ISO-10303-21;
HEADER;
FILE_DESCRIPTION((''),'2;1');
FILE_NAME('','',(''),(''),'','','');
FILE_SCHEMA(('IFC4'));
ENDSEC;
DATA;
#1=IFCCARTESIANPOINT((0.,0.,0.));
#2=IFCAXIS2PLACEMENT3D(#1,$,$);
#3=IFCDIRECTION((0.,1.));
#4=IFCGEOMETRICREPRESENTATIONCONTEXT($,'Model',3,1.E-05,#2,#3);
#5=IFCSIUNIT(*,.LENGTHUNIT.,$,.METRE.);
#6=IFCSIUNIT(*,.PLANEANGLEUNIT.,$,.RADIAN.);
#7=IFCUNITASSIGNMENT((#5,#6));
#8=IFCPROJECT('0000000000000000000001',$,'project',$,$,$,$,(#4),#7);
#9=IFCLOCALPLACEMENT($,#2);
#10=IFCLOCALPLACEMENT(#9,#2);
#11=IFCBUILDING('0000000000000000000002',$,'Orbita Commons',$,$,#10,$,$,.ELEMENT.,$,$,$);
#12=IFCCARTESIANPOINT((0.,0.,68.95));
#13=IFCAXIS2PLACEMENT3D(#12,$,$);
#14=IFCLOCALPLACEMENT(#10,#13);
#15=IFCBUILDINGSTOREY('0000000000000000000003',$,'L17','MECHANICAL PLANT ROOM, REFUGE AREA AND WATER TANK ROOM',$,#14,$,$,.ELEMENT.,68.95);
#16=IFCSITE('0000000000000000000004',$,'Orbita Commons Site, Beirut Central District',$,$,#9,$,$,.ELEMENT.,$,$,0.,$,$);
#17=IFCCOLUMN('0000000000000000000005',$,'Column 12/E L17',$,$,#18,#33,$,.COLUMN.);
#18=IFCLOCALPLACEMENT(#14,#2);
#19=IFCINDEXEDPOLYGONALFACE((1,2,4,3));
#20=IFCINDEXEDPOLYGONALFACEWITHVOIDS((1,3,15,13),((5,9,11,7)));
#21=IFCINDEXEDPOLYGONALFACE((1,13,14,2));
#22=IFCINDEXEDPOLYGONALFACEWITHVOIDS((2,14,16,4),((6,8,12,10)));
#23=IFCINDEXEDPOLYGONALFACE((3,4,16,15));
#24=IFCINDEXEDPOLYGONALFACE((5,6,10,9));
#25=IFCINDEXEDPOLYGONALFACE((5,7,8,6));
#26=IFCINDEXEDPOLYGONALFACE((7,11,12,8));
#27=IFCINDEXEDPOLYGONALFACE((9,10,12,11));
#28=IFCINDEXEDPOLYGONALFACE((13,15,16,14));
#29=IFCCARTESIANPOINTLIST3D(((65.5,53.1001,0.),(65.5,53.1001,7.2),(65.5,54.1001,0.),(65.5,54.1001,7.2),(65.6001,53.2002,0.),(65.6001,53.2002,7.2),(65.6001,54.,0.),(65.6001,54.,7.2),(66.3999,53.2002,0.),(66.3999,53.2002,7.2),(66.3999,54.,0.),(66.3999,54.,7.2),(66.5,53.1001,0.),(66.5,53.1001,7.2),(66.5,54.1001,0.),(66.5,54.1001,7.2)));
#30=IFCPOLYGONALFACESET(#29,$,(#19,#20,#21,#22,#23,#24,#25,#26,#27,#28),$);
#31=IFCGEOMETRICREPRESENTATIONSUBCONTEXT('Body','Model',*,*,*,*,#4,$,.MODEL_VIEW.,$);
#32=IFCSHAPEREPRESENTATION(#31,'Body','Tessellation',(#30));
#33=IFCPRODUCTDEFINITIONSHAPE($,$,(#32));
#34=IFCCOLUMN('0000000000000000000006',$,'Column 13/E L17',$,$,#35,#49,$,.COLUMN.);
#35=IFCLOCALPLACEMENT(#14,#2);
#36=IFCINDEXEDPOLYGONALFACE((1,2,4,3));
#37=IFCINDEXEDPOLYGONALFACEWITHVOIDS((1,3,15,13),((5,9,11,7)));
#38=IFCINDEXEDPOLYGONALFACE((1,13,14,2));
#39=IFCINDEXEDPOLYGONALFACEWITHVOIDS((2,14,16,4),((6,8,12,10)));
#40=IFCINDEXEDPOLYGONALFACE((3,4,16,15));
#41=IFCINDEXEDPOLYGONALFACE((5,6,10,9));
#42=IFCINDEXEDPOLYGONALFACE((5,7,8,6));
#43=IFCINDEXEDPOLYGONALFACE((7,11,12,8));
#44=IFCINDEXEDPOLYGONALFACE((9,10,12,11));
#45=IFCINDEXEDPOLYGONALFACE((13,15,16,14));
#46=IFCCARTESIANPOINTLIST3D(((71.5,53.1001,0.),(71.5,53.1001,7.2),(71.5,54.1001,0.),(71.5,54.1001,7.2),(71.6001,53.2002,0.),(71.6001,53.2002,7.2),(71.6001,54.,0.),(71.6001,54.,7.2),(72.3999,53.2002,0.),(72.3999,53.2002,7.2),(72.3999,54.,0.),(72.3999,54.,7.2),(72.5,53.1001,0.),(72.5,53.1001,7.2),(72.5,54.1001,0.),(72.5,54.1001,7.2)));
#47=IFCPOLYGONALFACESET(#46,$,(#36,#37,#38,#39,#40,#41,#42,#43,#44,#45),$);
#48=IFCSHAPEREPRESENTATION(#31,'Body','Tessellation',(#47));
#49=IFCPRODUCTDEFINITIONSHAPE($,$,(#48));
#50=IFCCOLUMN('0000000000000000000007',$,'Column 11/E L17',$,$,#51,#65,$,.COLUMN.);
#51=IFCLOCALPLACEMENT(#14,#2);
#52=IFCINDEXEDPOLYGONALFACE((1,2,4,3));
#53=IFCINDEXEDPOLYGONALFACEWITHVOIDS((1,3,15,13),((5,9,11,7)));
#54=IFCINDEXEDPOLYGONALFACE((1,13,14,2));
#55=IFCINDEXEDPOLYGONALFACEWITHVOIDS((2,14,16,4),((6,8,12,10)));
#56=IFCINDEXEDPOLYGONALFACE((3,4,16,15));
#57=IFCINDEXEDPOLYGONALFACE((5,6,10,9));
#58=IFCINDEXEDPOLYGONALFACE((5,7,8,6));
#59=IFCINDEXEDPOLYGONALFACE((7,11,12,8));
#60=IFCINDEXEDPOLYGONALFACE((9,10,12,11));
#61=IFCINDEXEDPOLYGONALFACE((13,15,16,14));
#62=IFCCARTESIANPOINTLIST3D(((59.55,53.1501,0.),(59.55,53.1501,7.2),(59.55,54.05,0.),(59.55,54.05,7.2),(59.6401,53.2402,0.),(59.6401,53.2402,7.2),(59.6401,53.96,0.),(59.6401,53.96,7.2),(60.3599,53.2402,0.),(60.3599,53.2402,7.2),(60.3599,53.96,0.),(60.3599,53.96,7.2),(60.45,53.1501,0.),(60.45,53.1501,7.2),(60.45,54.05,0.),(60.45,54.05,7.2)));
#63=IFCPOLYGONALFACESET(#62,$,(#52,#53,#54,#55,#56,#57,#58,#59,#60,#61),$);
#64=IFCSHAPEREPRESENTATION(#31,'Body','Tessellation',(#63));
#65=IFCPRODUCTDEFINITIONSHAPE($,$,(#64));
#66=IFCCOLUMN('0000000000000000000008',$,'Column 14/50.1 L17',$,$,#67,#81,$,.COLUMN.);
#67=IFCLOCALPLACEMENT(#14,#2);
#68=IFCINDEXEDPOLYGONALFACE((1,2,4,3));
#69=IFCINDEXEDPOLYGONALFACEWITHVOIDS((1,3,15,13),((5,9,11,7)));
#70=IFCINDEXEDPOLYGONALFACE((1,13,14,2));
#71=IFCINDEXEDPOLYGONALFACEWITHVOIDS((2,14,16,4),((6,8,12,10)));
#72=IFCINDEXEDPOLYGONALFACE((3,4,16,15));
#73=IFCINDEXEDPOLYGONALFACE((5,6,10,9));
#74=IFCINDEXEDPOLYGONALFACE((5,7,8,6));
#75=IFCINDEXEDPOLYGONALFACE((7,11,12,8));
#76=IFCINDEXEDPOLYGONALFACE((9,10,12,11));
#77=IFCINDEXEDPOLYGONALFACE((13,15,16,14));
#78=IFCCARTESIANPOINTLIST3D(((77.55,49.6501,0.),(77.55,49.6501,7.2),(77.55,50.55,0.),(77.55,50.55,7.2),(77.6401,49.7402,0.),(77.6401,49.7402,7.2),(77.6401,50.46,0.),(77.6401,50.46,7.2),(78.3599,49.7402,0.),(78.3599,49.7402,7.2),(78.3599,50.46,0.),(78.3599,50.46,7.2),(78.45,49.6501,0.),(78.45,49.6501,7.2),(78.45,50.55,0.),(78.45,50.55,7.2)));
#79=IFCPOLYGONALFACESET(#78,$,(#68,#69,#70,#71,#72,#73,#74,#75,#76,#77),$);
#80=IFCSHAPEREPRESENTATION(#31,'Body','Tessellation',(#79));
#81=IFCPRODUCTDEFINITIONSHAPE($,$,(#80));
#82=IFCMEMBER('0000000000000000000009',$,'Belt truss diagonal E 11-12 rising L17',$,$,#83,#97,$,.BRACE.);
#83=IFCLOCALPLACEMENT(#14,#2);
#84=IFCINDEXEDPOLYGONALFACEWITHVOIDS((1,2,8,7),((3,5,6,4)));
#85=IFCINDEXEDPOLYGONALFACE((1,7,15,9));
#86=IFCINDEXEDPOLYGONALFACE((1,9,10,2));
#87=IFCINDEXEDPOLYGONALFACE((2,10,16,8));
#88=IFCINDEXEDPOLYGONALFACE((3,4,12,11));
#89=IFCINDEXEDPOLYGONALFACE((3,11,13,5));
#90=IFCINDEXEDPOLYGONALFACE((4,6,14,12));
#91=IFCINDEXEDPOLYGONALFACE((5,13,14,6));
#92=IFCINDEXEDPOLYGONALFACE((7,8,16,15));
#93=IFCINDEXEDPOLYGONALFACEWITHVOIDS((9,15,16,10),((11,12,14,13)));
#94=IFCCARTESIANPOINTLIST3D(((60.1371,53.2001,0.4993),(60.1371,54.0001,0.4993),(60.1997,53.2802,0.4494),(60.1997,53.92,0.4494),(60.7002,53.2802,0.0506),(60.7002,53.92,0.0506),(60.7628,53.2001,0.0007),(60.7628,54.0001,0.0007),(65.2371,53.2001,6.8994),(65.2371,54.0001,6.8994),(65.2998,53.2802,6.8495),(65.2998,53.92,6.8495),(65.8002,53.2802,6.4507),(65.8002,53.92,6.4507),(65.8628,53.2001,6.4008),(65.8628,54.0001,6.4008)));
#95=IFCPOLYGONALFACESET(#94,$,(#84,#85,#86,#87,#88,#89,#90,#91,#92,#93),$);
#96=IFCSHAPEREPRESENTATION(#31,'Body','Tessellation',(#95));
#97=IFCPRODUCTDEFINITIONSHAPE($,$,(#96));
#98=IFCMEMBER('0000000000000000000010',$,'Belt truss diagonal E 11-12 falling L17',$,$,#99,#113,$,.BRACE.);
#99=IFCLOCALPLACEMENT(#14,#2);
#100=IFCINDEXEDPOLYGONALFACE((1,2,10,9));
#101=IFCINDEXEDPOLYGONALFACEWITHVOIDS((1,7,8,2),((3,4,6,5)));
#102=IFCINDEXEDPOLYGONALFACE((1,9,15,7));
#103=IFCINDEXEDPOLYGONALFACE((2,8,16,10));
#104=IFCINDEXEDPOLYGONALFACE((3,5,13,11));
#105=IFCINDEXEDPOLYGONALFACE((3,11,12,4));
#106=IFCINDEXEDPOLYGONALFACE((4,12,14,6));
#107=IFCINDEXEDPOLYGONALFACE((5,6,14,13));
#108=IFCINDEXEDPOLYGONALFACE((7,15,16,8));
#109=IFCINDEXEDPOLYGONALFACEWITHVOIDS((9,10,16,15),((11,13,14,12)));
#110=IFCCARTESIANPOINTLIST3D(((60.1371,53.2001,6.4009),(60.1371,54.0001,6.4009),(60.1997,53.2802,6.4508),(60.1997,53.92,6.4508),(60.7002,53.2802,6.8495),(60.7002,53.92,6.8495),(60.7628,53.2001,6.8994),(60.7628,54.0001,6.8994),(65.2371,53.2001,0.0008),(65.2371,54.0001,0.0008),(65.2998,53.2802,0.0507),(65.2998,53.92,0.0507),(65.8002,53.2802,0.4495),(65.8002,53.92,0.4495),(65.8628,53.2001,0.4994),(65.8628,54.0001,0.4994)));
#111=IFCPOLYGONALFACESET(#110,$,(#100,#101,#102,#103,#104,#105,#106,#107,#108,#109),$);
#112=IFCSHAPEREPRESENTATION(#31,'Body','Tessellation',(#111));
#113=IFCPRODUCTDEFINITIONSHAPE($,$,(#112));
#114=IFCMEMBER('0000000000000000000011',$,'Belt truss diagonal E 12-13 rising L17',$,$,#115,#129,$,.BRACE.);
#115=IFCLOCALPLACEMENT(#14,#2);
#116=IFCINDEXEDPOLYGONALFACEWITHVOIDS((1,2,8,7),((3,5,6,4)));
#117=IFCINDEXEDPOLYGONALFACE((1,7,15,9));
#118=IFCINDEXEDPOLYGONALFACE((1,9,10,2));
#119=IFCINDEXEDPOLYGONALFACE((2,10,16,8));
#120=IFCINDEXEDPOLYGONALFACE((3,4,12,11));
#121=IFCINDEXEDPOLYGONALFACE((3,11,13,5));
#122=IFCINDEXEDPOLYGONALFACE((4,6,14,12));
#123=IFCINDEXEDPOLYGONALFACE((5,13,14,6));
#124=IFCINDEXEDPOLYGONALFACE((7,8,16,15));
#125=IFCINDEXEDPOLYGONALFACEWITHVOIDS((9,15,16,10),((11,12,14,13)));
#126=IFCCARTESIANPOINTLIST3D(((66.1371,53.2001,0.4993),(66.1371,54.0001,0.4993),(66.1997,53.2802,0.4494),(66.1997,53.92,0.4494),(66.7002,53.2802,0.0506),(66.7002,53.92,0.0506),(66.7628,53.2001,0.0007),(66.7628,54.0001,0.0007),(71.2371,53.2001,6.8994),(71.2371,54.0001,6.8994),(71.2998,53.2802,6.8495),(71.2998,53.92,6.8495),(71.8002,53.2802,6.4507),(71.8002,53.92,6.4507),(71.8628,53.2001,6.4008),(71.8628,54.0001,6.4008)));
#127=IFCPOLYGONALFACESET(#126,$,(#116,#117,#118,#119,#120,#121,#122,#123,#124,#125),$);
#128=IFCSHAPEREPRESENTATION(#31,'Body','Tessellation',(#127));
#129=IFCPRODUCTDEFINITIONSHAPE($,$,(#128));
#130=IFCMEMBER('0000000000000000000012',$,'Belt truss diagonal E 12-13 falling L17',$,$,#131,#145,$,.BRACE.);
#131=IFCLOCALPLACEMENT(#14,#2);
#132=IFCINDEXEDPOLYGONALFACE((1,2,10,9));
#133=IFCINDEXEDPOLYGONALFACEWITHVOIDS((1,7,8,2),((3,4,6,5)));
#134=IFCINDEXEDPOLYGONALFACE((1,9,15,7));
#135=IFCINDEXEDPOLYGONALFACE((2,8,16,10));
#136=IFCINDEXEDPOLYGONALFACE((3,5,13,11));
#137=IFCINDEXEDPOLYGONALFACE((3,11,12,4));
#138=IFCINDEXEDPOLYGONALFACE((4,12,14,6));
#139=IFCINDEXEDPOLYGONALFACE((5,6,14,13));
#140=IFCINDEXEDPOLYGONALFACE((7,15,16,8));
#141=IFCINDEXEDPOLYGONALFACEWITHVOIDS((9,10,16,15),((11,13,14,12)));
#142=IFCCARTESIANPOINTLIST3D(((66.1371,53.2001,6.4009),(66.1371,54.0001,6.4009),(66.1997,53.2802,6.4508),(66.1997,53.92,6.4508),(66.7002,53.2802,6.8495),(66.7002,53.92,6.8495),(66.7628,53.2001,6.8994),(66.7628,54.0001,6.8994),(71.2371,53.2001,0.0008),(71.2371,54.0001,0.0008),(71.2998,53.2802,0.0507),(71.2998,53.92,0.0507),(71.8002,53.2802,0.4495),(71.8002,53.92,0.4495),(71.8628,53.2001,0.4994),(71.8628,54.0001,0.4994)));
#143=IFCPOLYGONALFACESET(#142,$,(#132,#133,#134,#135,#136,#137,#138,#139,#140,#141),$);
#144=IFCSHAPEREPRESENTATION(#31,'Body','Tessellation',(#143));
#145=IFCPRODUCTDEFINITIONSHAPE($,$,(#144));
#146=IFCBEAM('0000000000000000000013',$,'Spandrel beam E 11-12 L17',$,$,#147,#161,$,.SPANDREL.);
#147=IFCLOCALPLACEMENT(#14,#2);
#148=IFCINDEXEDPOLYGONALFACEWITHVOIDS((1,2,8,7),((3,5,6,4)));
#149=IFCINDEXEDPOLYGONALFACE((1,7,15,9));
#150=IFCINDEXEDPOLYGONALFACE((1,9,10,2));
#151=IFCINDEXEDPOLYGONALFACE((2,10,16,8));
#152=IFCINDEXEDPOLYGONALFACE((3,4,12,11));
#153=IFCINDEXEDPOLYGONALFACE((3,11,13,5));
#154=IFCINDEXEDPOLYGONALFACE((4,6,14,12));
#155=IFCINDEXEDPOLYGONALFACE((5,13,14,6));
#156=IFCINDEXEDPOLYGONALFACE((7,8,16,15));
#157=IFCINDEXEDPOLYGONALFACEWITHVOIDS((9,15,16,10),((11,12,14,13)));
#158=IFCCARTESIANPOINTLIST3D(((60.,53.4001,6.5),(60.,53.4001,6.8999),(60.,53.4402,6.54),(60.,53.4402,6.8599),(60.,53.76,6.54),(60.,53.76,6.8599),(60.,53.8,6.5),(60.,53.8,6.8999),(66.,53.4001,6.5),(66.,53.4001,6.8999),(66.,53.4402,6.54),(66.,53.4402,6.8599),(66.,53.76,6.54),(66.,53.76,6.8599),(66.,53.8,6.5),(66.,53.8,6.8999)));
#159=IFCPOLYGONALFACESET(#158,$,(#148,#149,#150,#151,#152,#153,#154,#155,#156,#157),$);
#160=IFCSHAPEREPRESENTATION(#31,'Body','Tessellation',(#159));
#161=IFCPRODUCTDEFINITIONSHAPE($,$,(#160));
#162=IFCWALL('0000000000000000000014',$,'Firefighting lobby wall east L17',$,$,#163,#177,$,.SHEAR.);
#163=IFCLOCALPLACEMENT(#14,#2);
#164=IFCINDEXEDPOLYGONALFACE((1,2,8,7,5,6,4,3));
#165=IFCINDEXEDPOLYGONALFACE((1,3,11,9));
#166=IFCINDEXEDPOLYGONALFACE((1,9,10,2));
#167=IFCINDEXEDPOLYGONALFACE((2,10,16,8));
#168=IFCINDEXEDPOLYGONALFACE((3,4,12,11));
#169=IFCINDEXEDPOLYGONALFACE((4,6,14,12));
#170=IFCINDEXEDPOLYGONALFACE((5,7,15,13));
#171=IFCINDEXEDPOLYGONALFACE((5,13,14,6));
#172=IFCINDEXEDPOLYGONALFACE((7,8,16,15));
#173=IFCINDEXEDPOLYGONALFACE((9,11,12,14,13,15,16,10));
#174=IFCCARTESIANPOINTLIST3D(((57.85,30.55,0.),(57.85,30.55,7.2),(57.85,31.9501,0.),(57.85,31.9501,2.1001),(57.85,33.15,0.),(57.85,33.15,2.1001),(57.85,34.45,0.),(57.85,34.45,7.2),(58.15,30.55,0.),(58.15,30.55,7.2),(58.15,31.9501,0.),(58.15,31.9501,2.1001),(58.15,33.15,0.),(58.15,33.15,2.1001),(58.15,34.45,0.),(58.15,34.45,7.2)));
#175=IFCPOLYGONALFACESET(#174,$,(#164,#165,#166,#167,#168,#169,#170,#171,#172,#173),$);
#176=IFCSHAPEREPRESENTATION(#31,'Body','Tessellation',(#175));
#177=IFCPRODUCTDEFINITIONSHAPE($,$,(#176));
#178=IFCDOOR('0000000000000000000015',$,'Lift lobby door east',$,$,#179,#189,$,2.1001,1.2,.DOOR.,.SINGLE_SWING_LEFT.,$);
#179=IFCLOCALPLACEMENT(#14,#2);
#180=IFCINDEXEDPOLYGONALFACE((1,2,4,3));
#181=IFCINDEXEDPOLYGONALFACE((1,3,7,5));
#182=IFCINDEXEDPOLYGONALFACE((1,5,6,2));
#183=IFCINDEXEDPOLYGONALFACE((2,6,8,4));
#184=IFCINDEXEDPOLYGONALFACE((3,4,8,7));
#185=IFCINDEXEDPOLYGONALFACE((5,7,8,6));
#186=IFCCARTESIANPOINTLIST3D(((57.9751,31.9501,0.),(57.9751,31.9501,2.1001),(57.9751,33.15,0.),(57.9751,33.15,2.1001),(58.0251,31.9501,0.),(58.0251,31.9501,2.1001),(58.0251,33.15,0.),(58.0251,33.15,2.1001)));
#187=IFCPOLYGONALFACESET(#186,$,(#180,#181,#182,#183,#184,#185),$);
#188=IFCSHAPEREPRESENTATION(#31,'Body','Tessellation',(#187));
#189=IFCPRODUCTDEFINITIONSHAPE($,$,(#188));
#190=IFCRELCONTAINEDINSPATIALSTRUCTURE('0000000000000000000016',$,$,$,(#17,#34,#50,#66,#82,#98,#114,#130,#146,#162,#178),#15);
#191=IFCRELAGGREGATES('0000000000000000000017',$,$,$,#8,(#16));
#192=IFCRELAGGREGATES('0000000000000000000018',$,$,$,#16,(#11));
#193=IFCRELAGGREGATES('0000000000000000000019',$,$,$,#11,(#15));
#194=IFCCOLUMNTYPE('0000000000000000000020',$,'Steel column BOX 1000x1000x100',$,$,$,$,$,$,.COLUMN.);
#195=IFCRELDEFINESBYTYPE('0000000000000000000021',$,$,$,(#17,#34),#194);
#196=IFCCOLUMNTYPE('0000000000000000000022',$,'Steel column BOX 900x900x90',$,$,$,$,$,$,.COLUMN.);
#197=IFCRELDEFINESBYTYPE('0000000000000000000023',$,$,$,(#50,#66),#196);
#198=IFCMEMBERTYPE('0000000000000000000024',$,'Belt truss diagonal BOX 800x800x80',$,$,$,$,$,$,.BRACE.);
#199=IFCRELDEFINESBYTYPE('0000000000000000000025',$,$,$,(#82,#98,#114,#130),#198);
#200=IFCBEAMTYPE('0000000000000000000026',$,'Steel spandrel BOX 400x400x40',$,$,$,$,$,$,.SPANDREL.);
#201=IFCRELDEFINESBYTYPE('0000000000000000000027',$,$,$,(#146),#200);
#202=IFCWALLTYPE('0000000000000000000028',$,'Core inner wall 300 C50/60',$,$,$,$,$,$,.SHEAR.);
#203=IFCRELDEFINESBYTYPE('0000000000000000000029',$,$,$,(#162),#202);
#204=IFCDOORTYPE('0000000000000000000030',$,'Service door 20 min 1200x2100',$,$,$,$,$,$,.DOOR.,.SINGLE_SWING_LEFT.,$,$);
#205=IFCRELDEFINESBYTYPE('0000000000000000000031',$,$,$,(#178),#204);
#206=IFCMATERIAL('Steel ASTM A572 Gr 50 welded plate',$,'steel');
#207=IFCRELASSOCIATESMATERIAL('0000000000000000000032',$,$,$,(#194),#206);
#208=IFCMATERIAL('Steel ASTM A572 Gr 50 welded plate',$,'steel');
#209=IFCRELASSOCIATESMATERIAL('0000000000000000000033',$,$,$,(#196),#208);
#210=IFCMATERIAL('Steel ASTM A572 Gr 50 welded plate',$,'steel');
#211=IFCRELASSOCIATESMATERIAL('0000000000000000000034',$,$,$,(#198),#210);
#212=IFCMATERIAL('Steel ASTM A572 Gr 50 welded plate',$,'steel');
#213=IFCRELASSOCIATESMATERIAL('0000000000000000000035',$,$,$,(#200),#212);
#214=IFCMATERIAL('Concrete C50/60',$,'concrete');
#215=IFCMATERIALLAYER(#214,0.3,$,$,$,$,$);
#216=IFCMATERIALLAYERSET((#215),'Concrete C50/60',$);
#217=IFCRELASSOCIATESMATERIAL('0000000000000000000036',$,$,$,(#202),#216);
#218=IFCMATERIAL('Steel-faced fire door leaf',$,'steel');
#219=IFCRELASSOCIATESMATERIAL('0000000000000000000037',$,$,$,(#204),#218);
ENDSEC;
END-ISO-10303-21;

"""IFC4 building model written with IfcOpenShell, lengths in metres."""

from ifc_helpers import new_model, si_unit, direction, frame, frame_2d, origin, origin_2d, place, context, subcontext, project, spatial, rectangle, hollow_rectangle, extrude, material, layer, layer_set, material_profile, profile_set, type_object, element, fill, save


model = new_model("IFC4")

# Units and contexts
model_context = context("Model", 3, precision=1e-05, world=origin(), true_north=direction((0.0, 1.0)))
body_context = subcontext(model_context, "Body", "Model", "MODEL_VIEW")
ifc_project = project(units=[si_unit("LENGTHUNIT", "METRE"), si_unit("PLANEANGLEUNIT", "RADIAN")], contexts=[model_context])

# Site, building, storey
site_placement = place(None, origin())
site = spatial("IfcSite", under=ifc_project, at=site_placement, Name="Orbita Commons Site, Beirut Central District", CompositionType="ELEMENT", RefElevation=0.0)
building_placement = place(site_placement, origin())
building = spatial("IfcBuilding", under=site, at=building_placement, Name="Orbita Commons", CompositionType="ELEMENT")
storey_placement = place(building_placement, frame((0.0, 0.0, 68.95)))
storey = spatial("IfcBuildingStorey", under=building, at=storey_placement, Name="L17", Description="MECHANICAL PLANT ROOM, REFUGE AREA AND WATER TANK ROOM", CompositionType="ELEMENT", Elevation=68.95)

# Columns
ifc_material_1 = material(Name="Steel ASTM A572 Gr 50 welded plate", Category="steel")
ifc_material_profile_1 = material_profile(ifc_material_1, hollow_rectangle(XDim=1.0, YDim=1.0, WallThickness=0.1001, at=origin_2d()), Name="BOX 1000x1000x100")
ifc_profile_set_1 = profile_set([ifc_material_profile_1], Name="Steel ASTM A572 Gr 50 welded plate")
column_type_1 = type_object("IfcColumnType", Name="Steel column BOX 1000x1000x100", PredefinedType="COLUMN", material=ifc_profile_set_1)
for number, where, z_axis, x_axis, name in (
    (1, (66.0, 53.6001, 0.0), (0.0, 0.0, 1.0), (1.0, 0.0, 0.0), "Column 12/E L17"),
    (2, (72.0, 53.6001, 0.0), (0.0, 0.0, 1.0), (1.0, 0.0, 0.0), "Column 13/E L17"),
):
    element("IfcColumn", number, at=place(storey_placement, frame(where, z_axis=z_axis, x_axis=x_axis)), inside=storey, type_object=column_type_1, Name=name, PredefinedType="COLUMN", context=body_context, shape_type="SweptSolid", body=[
        extrude(hollow_rectangle(XDim=1.0, YDim=1.0, WallThickness=0.1001, at=origin_2d()), origin(), (0.0, 0.0, 1.0), 7.2),
    ])
ifc_material_2 = material(Name="Steel ASTM A572 Gr 50 welded plate", Category="steel")
ifc_material_profile_2 = material_profile(ifc_material_2, hollow_rectangle(XDim=0.8999, YDim=0.8999, WallThickness=0.0901, at=origin_2d()), Name="BOX 900x900x90")
ifc_profile_set_2 = profile_set([ifc_material_profile_2], Name="Steel ASTM A572 Gr 50 welded plate")
column_type_2 = type_object("IfcColumnType", Name="Steel column BOX 900x900x90", PredefinedType="COLUMN", material=ifc_profile_set_2)
for number, where, z_axis, x_axis, name in (
    (3, (60.0, 53.6001, 0.0), (0.0, 0.0, 1.0), (1.0, 0.0, 0.0), "Column 11/E L17"),
    (4, (78.0, 50.1001, 0.0), (0.0, 0.0, 1.0), (1.0, 0.0, 0.0), "Column 14/50.1 L17"),
):
    element("IfcColumn", number, at=place(storey_placement, frame(where, z_axis=z_axis, x_axis=x_axis)), inside=storey, type_object=column_type_2, Name=name, PredefinedType="COLUMN", context=body_context, shape_type="SweptSolid", body=[
        extrude(hollow_rectangle(XDim=0.8999, YDim=0.8999, WallThickness=0.0901, at=origin_2d()), origin(), (0.0, 0.0, 1.0), 7.2),
    ])

# Members
ifc_material_3 = material(Name="Steel ASTM A572 Gr 50 welded plate", Category="steel")
ifc_material_profile_3 = material_profile(ifc_material_3, hollow_rectangle(XDim=0.8, YDim=0.8, WallThickness=0.0801, at=origin_2d()), Name="BOX 800x800x80")
ifc_profile_set_3 = profile_set([ifc_material_profile_3], Name="Steel ASTM A572 Gr 50 welded plate")
member_type = type_object("IfcMemberType", Name="Belt truss diagonal BOX 800x800x80", PredefinedType="BRACE", material=ifc_profile_set_3)
for number, where, z_axis, x_axis, name in (
    (5, (60.45, 53.6001, 0.25), (0.623202, 0.0, 0.782061), (0.0, 1.0, 0.0), "Belt truss diagonal E 11-12 rising L17"),
    (6, (60.45, 53.6001, 6.6501), (0.623202, 0.0, -0.782061), (0.0, 1.0, 0.0), "Belt truss diagonal E 11-12 falling L17"),
    (7, (66.45, 53.6001, 0.25), (0.623202, 0.0, 0.782061), (0.0, 1.0, 0.0), "Belt truss diagonal E 12-13 rising L17"),
    (8, (66.45, 53.6001, 6.6501), (0.623202, 0.0, -0.782061), (0.0, 1.0, 0.0), "Belt truss diagonal E 12-13 falling L17"),
):
    element("IfcMember", number, at=place(storey_placement, frame(where, z_axis=z_axis, x_axis=x_axis)), inside=storey, type_object=member_type, Name=name, PredefinedType="BRACE", context=body_context, shape_type="SweptSolid", body=[
        extrude(hollow_rectangle(XDim=0.8, YDim=0.8, WallThickness=0.0801, at=origin_2d()), origin(), (0.0, 0.0, 1.0), 8.1836),
    ])

# Beam
ifc_material_4 = material(Name="Steel ASTM A572 Gr 50 welded plate", Category="steel")
ifc_material_profile_4 = material_profile(ifc_material_4, hollow_rectangle(XDim=0.3999, YDim=0.3999, WallThickness=0.04, at=origin_2d()), Name="BOX 400x400x40")
ifc_profile_set_4 = profile_set([ifc_material_profile_4], Name="Steel ASTM A572 Gr 50 welded plate")
beam_type = type_object("IfcBeamType", Name="Steel spandrel BOX 400x400x40", PredefinedType="SPANDREL", material=ifc_profile_set_4)
beam_placement = place(storey_placement, frame((60.0, 53.6001, 6.7), z_axis=(1.0, 0.0, 0.0), x_axis=(0.0, 1.0, 0.0)))
element("IfcBeam", 9, at=beam_placement, inside=storey, type_object=beam_type, Name="Spandrel beam E 11-12 L17", PredefinedType="SPANDREL", context=body_context, shape_type="SweptSolid", body=[
    extrude(hollow_rectangle(XDim=0.3999, YDim=0.3999, WallThickness=0.04, at=origin_2d()), origin(), (0.0, 0.0, 1.0), 6.0),
])

# Wall, opening, door
ifc_material_5 = material(Name="Concrete C50/60", Category="concrete")
ifc_layer_1 = layer(ifc_material_5, 0.3)
ifc_layer_set_1 = layer_set([ifc_layer_1], Name="Concrete C50/60")
wall_type_1 = type_object("IfcWallType", Name="Core inner wall 300 C50/60", PredefinedType="SHEAR", material=ifc_layer_set_1)
wall_1_placement = place(storey_placement, frame((58.0, 30.55, 0.0), z_axis=(0.0, 0.0, 1.0), x_axis=(0.0, 1.0, 0.0)))
wall_1 = element("IfcWall", 10, at=wall_1_placement, inside=storey, type_object=wall_type_1, Name="Firefighting lobby wall east L17", PredefinedType="SHEAR", context=body_context, shape_type="SweptSolid", body=[
    extrude(rectangle(XDim=3.8999, YDim=0.3, at=frame_2d((1.95, 0.0))), origin(), (0.0, 0.0, 1.0), 7.2),
])
opening_1_placement = place(wall_1_placement, frame((1.3999, 0.0, 0.0)))
opening_1 = element("IfcOpeningElement", 11, at=opening_1_placement, cuts=wall_1, PredefinedType="OPENING", context=body_context, shape_type="SweptSolid", body=[
    extrude(rectangle(XDim=1.2, YDim=2.1001, at=frame_2d((0.6001, 1.05))), frame((0.0, 0.1599, 0.0), z_axis=(0.0, -1.0, 0.0), x_axis=(1.0, 0.0, 0.0)), (0.0, 0.0, 1.0), 0.3201),
])
ifc_material_6 = material(Name="Steel-faced fire door leaf", Category="steel")
door_type_1 = type_object("IfcDoorType", Name="Service door 20 min 1200x2100", OperationType="SINGLE_SWING_LEFT", PredefinedType="DOOR", material=ifc_material_6)
door_1_placement = place(opening_1_placement, origin())
door_1 = element("IfcDoor", 12, at=door_1_placement, inside=storey, type_object=door_type_1, Name="Lift lobby door east", OperationType="SINGLE_SWING_LEFT", OverallHeight=2.1001, OverallWidth=1.2, PredefinedType="DOOR", context=body_context, shape_type="SweptSolid", body=[
    extrude(rectangle(XDim=1.2, YDim=2.1001, at=frame_2d((0.6001, 1.05))), frame((0.0, 0.0249, 0.0), z_axis=(0.0, -1.0, 0.0), x_axis=(1.0, 0.0, 0.0)), (0.0, 0.0, 1.0), 0.05),
])
fill(opening_1, door_1)

save(model, "model.ifc")
